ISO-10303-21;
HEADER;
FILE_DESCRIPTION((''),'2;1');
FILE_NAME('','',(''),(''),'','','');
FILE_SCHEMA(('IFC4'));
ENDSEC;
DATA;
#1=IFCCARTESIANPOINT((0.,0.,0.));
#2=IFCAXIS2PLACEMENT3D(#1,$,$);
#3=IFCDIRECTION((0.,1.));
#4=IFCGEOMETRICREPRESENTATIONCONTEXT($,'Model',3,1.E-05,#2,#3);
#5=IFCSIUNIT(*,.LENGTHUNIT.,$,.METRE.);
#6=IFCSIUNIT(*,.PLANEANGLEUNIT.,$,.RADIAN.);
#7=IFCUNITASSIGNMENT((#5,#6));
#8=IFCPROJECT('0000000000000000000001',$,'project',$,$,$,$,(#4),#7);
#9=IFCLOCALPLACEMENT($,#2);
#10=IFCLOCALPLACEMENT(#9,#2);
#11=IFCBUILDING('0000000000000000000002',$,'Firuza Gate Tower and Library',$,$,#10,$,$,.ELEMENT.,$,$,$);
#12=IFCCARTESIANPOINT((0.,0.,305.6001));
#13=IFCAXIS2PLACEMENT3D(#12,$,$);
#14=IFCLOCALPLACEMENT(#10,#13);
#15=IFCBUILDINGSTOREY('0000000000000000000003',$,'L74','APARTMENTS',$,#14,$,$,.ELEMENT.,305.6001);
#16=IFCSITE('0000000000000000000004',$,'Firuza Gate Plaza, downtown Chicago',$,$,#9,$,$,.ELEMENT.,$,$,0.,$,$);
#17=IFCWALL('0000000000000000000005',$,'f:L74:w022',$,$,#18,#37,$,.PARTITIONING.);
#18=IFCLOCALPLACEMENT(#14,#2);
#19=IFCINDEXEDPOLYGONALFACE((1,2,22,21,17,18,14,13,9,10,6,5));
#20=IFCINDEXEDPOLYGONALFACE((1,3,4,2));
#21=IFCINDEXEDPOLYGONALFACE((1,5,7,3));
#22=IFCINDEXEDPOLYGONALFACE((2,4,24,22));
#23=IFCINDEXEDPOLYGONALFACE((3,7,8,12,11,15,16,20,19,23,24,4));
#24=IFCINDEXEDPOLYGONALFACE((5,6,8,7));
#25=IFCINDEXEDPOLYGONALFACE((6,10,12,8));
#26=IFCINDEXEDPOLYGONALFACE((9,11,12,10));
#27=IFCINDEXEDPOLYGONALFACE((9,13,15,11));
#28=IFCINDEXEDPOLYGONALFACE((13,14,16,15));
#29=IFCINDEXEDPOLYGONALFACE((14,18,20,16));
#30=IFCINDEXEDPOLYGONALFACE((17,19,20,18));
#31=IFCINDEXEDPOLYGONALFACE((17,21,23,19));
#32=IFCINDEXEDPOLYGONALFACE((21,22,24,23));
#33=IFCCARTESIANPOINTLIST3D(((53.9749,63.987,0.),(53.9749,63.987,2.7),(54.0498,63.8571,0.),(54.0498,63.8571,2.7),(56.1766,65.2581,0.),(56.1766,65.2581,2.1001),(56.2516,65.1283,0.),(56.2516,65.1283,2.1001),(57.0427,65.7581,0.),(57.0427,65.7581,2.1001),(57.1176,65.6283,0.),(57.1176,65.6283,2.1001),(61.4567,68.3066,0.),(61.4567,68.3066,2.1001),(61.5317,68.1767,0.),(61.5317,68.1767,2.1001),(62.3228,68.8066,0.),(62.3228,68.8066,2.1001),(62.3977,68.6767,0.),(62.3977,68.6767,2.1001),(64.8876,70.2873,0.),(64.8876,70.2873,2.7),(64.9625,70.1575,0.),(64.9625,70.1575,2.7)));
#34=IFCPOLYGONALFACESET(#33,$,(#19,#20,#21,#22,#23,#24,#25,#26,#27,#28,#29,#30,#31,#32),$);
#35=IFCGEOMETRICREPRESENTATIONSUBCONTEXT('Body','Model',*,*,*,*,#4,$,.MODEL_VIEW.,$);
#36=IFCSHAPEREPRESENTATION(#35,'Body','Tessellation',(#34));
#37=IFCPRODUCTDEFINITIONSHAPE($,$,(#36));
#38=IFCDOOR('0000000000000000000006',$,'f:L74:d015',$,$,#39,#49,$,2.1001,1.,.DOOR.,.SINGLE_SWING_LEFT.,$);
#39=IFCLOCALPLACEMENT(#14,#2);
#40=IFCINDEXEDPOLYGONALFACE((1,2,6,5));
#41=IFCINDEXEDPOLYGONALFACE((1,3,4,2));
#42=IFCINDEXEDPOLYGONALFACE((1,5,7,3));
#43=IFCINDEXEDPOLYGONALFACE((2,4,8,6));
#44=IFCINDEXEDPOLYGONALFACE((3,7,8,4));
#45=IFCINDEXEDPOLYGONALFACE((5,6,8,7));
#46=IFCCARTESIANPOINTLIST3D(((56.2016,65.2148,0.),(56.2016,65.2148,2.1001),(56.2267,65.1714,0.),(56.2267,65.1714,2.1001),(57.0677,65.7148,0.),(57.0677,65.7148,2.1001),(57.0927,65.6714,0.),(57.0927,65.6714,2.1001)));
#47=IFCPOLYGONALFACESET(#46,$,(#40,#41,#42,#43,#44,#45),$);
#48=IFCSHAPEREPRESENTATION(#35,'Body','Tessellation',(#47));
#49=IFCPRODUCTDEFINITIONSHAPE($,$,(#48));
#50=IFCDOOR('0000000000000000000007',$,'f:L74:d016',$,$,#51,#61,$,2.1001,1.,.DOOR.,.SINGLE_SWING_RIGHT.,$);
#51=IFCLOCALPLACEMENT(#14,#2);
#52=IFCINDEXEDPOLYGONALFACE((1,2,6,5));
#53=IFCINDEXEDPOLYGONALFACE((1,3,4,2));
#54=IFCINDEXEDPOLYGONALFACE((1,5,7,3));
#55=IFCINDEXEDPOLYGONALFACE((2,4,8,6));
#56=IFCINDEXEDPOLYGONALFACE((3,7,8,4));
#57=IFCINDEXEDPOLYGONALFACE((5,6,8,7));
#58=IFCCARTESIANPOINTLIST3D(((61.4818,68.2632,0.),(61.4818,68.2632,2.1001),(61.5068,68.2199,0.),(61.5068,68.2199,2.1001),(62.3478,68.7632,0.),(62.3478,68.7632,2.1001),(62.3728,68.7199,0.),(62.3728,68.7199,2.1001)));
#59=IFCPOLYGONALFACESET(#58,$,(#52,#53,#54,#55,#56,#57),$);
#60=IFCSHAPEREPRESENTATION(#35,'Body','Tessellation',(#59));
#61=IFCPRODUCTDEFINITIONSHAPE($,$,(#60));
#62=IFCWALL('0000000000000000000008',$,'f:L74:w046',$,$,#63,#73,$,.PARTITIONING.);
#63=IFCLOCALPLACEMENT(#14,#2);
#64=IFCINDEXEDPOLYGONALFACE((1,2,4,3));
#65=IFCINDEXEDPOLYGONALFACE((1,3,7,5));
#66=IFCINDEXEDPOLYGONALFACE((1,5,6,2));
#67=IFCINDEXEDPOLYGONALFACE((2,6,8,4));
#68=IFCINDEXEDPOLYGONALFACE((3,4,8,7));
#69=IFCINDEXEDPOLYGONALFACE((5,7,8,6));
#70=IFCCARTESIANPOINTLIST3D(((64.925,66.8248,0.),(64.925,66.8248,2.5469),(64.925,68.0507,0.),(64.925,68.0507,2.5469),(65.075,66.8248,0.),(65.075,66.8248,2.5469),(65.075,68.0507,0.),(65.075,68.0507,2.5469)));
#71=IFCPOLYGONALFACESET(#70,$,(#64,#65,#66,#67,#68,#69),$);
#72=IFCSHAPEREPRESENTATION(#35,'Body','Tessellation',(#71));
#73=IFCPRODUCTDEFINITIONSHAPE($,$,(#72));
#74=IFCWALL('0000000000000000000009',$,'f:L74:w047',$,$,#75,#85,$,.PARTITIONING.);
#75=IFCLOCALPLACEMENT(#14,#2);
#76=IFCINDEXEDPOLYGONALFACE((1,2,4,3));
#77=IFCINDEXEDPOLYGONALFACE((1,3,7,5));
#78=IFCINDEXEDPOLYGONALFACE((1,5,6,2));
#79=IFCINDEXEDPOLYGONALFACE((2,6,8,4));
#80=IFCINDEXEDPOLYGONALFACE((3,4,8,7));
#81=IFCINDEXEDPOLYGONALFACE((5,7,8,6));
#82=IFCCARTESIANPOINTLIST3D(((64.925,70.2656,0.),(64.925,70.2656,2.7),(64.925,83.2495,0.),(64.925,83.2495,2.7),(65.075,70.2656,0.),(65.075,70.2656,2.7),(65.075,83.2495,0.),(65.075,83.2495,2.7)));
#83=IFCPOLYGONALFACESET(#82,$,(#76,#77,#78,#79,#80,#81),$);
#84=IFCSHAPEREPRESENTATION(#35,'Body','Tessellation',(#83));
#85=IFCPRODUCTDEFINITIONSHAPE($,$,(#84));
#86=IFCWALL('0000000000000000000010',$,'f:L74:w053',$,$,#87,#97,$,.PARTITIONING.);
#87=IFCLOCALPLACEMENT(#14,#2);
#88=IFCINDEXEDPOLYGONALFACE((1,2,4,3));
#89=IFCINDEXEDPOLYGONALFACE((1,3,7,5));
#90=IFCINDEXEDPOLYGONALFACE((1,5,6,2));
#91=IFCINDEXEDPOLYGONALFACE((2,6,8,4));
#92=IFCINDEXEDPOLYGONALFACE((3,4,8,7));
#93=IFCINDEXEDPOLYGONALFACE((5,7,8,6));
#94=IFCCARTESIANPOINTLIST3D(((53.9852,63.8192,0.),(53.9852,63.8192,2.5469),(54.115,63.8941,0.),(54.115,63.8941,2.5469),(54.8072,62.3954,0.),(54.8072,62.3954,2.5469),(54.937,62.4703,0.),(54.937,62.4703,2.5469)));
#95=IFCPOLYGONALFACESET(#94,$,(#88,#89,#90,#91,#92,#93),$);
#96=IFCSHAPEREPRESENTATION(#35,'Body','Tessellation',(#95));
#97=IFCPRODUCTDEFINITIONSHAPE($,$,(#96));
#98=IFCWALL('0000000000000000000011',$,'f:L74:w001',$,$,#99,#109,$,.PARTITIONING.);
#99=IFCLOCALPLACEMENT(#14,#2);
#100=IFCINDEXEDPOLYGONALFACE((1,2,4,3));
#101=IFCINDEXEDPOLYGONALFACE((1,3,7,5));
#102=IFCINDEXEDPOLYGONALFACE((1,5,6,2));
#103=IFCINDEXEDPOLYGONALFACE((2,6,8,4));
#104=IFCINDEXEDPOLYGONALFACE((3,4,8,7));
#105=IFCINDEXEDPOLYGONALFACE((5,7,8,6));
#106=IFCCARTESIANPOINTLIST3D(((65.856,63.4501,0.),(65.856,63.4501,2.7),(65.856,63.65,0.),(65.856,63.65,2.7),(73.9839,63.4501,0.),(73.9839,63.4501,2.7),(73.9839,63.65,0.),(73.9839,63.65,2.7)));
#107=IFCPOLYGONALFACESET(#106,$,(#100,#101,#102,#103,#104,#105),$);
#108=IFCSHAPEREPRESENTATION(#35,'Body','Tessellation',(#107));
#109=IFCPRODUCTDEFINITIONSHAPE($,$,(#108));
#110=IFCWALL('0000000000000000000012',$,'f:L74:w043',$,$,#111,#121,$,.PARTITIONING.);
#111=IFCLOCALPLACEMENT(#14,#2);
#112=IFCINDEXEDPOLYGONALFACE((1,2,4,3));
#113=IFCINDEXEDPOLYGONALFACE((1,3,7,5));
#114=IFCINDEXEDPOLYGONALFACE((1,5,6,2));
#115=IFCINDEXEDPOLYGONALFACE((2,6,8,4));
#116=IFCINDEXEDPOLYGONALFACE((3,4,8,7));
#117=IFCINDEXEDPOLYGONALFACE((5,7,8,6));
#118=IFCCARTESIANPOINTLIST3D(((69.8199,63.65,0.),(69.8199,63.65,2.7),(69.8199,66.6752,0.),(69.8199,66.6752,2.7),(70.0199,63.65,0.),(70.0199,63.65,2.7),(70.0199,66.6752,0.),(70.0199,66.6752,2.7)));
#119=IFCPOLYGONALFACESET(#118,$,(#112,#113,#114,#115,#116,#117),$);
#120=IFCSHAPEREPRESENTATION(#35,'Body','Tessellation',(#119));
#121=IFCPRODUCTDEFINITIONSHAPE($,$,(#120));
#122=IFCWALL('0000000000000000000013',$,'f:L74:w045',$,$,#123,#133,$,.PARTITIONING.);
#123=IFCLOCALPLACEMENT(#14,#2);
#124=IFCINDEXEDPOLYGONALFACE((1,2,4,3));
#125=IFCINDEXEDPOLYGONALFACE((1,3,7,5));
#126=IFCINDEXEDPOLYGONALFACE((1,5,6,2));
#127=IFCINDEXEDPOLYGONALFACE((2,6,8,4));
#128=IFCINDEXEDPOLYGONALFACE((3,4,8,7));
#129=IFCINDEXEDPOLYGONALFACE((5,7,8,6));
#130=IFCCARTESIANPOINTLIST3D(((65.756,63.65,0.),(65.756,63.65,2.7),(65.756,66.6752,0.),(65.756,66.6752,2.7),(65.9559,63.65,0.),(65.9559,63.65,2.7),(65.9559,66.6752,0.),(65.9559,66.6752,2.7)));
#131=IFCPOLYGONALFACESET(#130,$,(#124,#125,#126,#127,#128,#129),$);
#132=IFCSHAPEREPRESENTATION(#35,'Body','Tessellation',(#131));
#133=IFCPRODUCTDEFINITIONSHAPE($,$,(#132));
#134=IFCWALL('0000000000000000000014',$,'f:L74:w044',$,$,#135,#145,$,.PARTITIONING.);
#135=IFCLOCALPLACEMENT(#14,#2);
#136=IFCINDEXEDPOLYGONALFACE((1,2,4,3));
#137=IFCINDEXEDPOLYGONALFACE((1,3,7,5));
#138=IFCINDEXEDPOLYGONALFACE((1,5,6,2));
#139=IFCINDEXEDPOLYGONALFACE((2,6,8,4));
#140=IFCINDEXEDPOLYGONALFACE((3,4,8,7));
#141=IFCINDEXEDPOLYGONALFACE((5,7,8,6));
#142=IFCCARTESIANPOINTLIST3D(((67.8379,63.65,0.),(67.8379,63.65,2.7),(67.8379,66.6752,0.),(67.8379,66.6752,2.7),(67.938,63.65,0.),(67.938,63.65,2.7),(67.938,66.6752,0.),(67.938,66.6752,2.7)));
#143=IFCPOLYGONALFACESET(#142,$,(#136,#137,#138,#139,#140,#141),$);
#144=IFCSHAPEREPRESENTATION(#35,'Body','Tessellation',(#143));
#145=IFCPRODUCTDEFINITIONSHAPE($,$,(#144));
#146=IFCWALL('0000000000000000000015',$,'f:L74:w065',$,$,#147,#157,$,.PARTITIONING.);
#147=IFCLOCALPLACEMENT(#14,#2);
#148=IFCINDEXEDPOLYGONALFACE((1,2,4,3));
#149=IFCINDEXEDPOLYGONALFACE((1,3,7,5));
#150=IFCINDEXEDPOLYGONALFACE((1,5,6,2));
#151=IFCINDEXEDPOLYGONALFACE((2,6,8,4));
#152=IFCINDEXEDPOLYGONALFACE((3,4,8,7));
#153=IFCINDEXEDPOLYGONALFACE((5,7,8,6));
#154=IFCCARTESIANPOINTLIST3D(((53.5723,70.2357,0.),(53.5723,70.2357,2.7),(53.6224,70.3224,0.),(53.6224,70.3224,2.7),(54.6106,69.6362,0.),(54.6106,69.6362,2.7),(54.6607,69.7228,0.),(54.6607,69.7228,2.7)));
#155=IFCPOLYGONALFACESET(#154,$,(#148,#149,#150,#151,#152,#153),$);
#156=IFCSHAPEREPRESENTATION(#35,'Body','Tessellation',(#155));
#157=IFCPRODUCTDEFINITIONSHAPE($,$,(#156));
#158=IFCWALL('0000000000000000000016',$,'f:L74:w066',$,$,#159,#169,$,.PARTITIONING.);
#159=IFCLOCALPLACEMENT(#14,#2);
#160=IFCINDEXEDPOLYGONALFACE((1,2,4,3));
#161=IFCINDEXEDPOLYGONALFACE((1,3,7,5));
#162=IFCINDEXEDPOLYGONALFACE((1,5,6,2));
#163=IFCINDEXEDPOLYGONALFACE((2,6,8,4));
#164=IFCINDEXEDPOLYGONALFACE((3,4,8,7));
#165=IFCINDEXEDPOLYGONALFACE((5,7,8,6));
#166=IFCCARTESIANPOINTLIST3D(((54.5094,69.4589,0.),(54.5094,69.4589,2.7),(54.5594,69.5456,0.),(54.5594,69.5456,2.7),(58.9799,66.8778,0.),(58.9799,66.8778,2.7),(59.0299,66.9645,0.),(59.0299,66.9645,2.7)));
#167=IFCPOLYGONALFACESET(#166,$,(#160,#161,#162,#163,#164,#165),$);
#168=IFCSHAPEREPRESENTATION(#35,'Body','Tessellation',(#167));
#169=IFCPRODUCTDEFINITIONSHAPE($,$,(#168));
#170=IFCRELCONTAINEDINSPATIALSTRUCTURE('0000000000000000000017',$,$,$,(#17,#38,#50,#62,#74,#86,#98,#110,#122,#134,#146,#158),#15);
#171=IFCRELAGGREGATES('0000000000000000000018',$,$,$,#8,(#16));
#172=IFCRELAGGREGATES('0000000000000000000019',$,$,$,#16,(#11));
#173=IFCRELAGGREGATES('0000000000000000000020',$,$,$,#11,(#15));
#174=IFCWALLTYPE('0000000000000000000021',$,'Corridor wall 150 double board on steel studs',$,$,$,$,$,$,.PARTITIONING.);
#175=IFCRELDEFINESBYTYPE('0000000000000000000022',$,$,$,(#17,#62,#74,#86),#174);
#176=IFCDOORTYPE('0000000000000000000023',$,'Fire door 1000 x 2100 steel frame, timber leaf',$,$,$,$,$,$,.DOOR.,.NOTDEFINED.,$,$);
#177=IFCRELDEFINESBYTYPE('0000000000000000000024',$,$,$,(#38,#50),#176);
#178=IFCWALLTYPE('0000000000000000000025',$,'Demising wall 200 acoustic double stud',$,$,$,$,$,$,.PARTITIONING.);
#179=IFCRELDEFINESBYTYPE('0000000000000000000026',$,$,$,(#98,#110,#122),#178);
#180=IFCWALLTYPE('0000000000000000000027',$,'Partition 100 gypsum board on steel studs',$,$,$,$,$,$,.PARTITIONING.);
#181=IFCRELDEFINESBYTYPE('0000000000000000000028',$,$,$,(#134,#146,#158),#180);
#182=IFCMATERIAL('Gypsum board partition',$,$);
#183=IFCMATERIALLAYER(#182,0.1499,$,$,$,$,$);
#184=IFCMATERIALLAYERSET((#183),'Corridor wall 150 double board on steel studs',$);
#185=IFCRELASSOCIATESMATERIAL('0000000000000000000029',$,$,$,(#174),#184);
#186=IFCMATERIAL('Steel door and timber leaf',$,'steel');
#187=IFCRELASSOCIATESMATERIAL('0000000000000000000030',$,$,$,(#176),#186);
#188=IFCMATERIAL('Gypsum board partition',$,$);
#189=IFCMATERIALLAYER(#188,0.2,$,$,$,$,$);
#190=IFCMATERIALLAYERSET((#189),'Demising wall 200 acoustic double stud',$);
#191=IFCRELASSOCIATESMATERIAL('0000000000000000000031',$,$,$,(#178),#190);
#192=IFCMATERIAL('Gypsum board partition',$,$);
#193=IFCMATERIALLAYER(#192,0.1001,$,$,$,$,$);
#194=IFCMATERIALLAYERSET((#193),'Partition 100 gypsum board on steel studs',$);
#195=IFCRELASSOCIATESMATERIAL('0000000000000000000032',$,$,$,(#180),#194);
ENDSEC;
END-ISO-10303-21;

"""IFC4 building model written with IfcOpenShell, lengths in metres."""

from ifc_helpers import new_model, si_unit, direction, frame, frame_2d, origin, place, context, subcontext, project, spatial, rectangle, extrude, material, layer, layer_set, type_object, element, fill, save


model = new_model("IFC4")

# Units and contexts
model_context = context("Model", 3, precision=1e-05, world=origin(), true_north=direction((0.0, 1.0)))
body_context = subcontext(model_context, "Body", "Model", "MODEL_VIEW")
ifc_project = project(units=[si_unit("LENGTHUNIT", "METRE"), si_unit("PLANEANGLEUNIT", "RADIAN")], contexts=[model_context])

# Site, building, storey
site_placement = place(None, origin())
site = spatial("IfcSite", under=ifc_project, at=site_placement, Name="Firuza Gate Plaza, downtown Chicago", CompositionType="ELEMENT", RefElevation=0.0)
building_placement = place(site_placement, origin())
building = spatial("IfcBuilding", under=site, at=building_placement, Name="Firuza Gate Tower and Library", CompositionType="ELEMENT")
storey_placement = place(building_placement, frame((0.0, 0.0, 305.6001)))
storey = spatial("IfcBuildingStorey", under=building, at=storey_placement, Name="L74", Description="APARTMENTS", CompositionType="ELEMENT", Elevation=305.6001)

# Shared definitions
ifc_material_1 = material(Name="Gypsum board partition")
ifc_layer_1 = layer(ifc_material_1, 0.1499)
ifc_layer_set_1 = layer_set([ifc_layer_1], Name="Corridor wall 150 double board on steel studs")
wall_type_1 = type_object("IfcWallType", Name="Corridor wall 150 double board on steel studs", PredefinedType="PARTITIONING", material=ifc_layer_set_1)
ifc_material_2 = material(Name="Steel door and timber leaf", Category="steel")
door_type_1 = type_object("IfcDoorType", Name="Fire door 1000 x 2100 steel frame, timber leaf", OperationType="NOTDEFINED", PredefinedType="DOOR", material=ifc_material_2)

# Wall, openings, doors
wall_1_placement = place(storey_placement, frame((54.0125, 63.9221, 0.0), z_axis=(0.0, 0.0, 1.0), x_axis=(0.866029, 0.499994, 0.0)))
wall_1 = element("IfcWall", 1, at=wall_1_placement, inside=storey, type_object=wall_type_1, Name="f:L74:w022", PredefinedType="PARTITIONING", context=body_context, shape_type="SweptSolid", body=[
    extrude(rectangle(XDim=12.6008, YDim=0.1499, at=frame_2d((6.3003, 0.0))), origin(), (0.0, 0.0, 1.0), 2.7),
])
opening_1_placement = place(wall_1_placement, frame((2.5422, 0.0, 0.0)))
opening_1 = element("IfcOpeningElement", 2, at=opening_1_placement, cuts=wall_1, PredefinedType="OPENING", context=body_context, shape_type="SweptSolid", body=[
    extrude(rectangle(XDim=1.0, YDim=2.1001, at=frame_2d((0.5, 1.05))), frame((0.0, 0.085, 0.0), z_axis=(0.0, -1.0, 0.0), x_axis=(1.0, 0.0, 0.0)), (0.0, 0.0, 1.0), 0.1699),
])
opening_2_placement = place(wall_1_placement, frame((8.6392, 0.0, 0.0)))
opening_2 = element("IfcOpeningElement", 3, at=opening_2_placement, cuts=wall_1, PredefinedType="OPENING", context=body_context, shape_type="SweptSolid", body=[
    extrude(rectangle(XDim=1.0, YDim=2.1001, at=frame_2d((0.5, 1.05))), frame((0.0, 0.085, 0.0), z_axis=(0.0, -1.0, 0.0), x_axis=(1.0, 0.0, 0.0)), (0.0, 0.0, 1.0), 0.1699),
])
door_1_placement = place(opening_1_placement, origin())
door_1 = element("IfcDoor", 4, at=door_1_placement, inside=storey, type_object=door_type_1, Name="f:L74:d015", OperationType="SINGLE_SWING_LEFT", OverallHeight=2.1001, OverallWidth=1.0, PredefinedType="DOOR", context=body_context, shape_type="SweptSolid", body=[
    extrude(rectangle(XDim=1.0, YDim=2.1001, at=frame_2d((0.5, 1.05))), frame((0.0, 0.0249, 0.0), z_axis=(0.0, -1.0, 0.0), x_axis=(1.0, 0.0, 0.0)), (0.0, 0.0, 1.0), 0.05),
])
fill(opening_1, door_1)
door_2_placement = place(opening_2_placement, origin())
door_2 = element("IfcDoor", 5, at=door_2_placement, inside=storey, type_object=door_type_1, Name="f:L74:d016", OperationType="SINGLE_SWING_RIGHT", OverallHeight=2.1001, OverallWidth=1.0, PredefinedType="DOOR", context=body_context, shape_type="SweptSolid", body=[
    extrude(rectangle(XDim=1.0, YDim=2.1001, at=frame_2d((0.5, 1.05))), frame((0.0, 0.0249, 0.0), z_axis=(0.0, -1.0, 0.0), x_axis=(1.0, 0.0, 0.0)), (0.0, 0.0, 1.0), 0.05),
])
fill(opening_2, door_2)

# Walls
wall_2_placement = place(storey_placement, frame((65.0, 66.825, 0.0), z_axis=(0.0, 0.0, 1.0), x_axis=(0.0, 1.0, 0.0)))
element("IfcWall", 6, at=wall_2_placement, inside=storey, type_object=wall_type_1, Name="f:L74:w046", PredefinedType="PARTITIONING", context=body_context, shape_type="SweptSolid", body=[
    extrude(rectangle(XDim=1.2258, YDim=0.1499, at=frame_2d((0.6128, 0.0))), origin(), (0.0, 0.0, 1.0), 2.5469),
])
wall_3_placement = place(storey_placement, frame((65.0, 70.2656, 0.0), z_axis=(0.0, 0.0, 1.0), x_axis=(0.0, 1.0, 0.0)))
element("IfcWall", 7, at=wall_3_placement, inside=storey, type_object=wall_type_1, Name="f:L74:w047", PredefinedType="PARTITIONING", context=body_context, shape_type="SweptSolid", body=[
    extrude(rectangle(XDim=12.9839, YDim=0.1499, at=frame_2d((6.4919, 0.0))), origin(), (0.0, 0.0, 1.0), 2.7),
])
wall_4_placement = place(storey_placement, frame((54.8721, 62.4329, 0.0), z_axis=(0.0, 0.0, 1.0), x_axis=(-0.499988, 0.866032, 0.0)))
element("IfcWall", 8, at=wall_4_placement, inside=storey, type_object=wall_type_1, Name="f:L74:w053", PredefinedType="PARTITIONING", context=body_context, shape_type="SweptSolid", body=[
    extrude(rectangle(XDim=1.644, YDim=0.1499, at=frame_2d((0.822, 0.0))), origin(), (0.0, 0.0, 1.0), 2.5469),
])
ifc_material_3 = material(Name="Gypsum board partition")
ifc_layer_2 = layer(ifc_material_3, 0.2)
ifc_layer_set_2 = layer_set([ifc_layer_2], Name="Demising wall 200 acoustic double stud")
wall_type_2 = type_object("IfcWallType", Name="Demising wall 200 acoustic double stud", PredefinedType="PARTITIONING", material=ifc_layer_set_2)
wall_5_placement = place(storey_placement, frame((65.856, 63.55, 0.0), z_axis=(0.0, 0.0, 1.0), x_axis=(1.0, 0.0, 0.0)))
element("IfcWall", 9, at=wall_5_placement, inside=storey, type_object=wall_type_2, Name="f:L74:w001", PredefinedType="PARTITIONING", context=body_context, shape_type="SweptSolid", body=[
    extrude(rectangle(XDim=8.1279, YDim=0.2, at=frame_2d((4.064, 0.0))), origin(), (0.0, 0.0, 1.0), 2.7),
])
for number, where, z_axis, x_axis, name in (
    (10, (69.9199, 63.6499, 0.0), (0.0, 0.0, 1.0), (0.0, 1.0, 0.0), "f:L74:w043"),
    (11, (65.856, 63.6499, 0.0), (0.0, 0.0, 1.0), (0.0, 1.0, 0.0), "f:L74:w045"),
):
    element("IfcWall", number, at=place(storey_placement, frame(where, z_axis=z_axis, x_axis=x_axis)), inside=storey, type_object=wall_type_2, Name=name, PredefinedType="PARTITIONING", context=body_context, shape_type="SweptSolid", body=[
        extrude(rectangle(XDim=3.0251, YDim=0.2, at=frame_2d((1.5127, 0.0))), origin(), (0.0, 0.0, 1.0), 2.7),
    ])
ifc_material_4 = material(Name="Gypsum board partition")
ifc_layer_3 = layer(ifc_material_4, 0.1001)
ifc_layer_set_3 = layer_set([ifc_layer_3], Name="Partition 100 gypsum board on steel studs")
wall_type_3 = type_object("IfcWallType", Name="Partition 100 gypsum board on steel studs", PredefinedType="PARTITIONING", material=ifc_layer_set_3)
wall_6_placement = place(storey_placement, frame((67.8879, 63.6499, 0.0), z_axis=(0.0, 0.0, 1.0), x_axis=(0.0, 1.0, 0.0)))
element("IfcWall", 12, at=wall_6_placement, inside=storey, type_object=wall_type_3, Name="f:L74:w044", PredefinedType="PARTITIONING", context=body_context, shape_type="SweptSolid", body=[
    extrude(rectangle(XDim=3.0251, YDim=0.1001, at=frame_2d((1.5127, 0.0))), origin(), (0.0, 0.0, 1.0), 2.7),
])
wall_7_placement = place(storey_placement, frame((54.6357, 69.6794, 0.0), z_axis=(0.0, 0.0, 1.0), x_axis=(-0.865979, 0.500081, 0.0)))
element("IfcWall", 13, at=wall_7_placement, inside=storey, type_object=wall_type_3, Name="f:L74:w065", PredefinedType="PARTITIONING", context=body_context, shape_type="SweptSolid", body=[
    extrude(rectangle(XDim=1.199, YDim=0.1001, at=frame_2d((0.5996, 0.0))), origin(), (0.0, 0.0, 1.0), 2.7),
])
wall_8_placement = place(storey_placement, frame((59.0049, 66.9211, 0.0), z_axis=(0.0, 0.0, 1.0), x_axis=(-0.866023, 0.500005, 0.0)))
element("IfcWall", 14, at=wall_8_placement, inside=storey, type_object=wall_type_3, Name="f:L74:w066", PredefinedType="PARTITIONING", context=body_context, shape_type="SweptSolid", body=[
    extrude(rectangle(XDim=5.1621, YDim=0.1001, at=frame_2d((2.5811, 0.0))), origin(), (0.0, 0.0, 1.0), 2.7),
])

save(model, "model.ifc")
